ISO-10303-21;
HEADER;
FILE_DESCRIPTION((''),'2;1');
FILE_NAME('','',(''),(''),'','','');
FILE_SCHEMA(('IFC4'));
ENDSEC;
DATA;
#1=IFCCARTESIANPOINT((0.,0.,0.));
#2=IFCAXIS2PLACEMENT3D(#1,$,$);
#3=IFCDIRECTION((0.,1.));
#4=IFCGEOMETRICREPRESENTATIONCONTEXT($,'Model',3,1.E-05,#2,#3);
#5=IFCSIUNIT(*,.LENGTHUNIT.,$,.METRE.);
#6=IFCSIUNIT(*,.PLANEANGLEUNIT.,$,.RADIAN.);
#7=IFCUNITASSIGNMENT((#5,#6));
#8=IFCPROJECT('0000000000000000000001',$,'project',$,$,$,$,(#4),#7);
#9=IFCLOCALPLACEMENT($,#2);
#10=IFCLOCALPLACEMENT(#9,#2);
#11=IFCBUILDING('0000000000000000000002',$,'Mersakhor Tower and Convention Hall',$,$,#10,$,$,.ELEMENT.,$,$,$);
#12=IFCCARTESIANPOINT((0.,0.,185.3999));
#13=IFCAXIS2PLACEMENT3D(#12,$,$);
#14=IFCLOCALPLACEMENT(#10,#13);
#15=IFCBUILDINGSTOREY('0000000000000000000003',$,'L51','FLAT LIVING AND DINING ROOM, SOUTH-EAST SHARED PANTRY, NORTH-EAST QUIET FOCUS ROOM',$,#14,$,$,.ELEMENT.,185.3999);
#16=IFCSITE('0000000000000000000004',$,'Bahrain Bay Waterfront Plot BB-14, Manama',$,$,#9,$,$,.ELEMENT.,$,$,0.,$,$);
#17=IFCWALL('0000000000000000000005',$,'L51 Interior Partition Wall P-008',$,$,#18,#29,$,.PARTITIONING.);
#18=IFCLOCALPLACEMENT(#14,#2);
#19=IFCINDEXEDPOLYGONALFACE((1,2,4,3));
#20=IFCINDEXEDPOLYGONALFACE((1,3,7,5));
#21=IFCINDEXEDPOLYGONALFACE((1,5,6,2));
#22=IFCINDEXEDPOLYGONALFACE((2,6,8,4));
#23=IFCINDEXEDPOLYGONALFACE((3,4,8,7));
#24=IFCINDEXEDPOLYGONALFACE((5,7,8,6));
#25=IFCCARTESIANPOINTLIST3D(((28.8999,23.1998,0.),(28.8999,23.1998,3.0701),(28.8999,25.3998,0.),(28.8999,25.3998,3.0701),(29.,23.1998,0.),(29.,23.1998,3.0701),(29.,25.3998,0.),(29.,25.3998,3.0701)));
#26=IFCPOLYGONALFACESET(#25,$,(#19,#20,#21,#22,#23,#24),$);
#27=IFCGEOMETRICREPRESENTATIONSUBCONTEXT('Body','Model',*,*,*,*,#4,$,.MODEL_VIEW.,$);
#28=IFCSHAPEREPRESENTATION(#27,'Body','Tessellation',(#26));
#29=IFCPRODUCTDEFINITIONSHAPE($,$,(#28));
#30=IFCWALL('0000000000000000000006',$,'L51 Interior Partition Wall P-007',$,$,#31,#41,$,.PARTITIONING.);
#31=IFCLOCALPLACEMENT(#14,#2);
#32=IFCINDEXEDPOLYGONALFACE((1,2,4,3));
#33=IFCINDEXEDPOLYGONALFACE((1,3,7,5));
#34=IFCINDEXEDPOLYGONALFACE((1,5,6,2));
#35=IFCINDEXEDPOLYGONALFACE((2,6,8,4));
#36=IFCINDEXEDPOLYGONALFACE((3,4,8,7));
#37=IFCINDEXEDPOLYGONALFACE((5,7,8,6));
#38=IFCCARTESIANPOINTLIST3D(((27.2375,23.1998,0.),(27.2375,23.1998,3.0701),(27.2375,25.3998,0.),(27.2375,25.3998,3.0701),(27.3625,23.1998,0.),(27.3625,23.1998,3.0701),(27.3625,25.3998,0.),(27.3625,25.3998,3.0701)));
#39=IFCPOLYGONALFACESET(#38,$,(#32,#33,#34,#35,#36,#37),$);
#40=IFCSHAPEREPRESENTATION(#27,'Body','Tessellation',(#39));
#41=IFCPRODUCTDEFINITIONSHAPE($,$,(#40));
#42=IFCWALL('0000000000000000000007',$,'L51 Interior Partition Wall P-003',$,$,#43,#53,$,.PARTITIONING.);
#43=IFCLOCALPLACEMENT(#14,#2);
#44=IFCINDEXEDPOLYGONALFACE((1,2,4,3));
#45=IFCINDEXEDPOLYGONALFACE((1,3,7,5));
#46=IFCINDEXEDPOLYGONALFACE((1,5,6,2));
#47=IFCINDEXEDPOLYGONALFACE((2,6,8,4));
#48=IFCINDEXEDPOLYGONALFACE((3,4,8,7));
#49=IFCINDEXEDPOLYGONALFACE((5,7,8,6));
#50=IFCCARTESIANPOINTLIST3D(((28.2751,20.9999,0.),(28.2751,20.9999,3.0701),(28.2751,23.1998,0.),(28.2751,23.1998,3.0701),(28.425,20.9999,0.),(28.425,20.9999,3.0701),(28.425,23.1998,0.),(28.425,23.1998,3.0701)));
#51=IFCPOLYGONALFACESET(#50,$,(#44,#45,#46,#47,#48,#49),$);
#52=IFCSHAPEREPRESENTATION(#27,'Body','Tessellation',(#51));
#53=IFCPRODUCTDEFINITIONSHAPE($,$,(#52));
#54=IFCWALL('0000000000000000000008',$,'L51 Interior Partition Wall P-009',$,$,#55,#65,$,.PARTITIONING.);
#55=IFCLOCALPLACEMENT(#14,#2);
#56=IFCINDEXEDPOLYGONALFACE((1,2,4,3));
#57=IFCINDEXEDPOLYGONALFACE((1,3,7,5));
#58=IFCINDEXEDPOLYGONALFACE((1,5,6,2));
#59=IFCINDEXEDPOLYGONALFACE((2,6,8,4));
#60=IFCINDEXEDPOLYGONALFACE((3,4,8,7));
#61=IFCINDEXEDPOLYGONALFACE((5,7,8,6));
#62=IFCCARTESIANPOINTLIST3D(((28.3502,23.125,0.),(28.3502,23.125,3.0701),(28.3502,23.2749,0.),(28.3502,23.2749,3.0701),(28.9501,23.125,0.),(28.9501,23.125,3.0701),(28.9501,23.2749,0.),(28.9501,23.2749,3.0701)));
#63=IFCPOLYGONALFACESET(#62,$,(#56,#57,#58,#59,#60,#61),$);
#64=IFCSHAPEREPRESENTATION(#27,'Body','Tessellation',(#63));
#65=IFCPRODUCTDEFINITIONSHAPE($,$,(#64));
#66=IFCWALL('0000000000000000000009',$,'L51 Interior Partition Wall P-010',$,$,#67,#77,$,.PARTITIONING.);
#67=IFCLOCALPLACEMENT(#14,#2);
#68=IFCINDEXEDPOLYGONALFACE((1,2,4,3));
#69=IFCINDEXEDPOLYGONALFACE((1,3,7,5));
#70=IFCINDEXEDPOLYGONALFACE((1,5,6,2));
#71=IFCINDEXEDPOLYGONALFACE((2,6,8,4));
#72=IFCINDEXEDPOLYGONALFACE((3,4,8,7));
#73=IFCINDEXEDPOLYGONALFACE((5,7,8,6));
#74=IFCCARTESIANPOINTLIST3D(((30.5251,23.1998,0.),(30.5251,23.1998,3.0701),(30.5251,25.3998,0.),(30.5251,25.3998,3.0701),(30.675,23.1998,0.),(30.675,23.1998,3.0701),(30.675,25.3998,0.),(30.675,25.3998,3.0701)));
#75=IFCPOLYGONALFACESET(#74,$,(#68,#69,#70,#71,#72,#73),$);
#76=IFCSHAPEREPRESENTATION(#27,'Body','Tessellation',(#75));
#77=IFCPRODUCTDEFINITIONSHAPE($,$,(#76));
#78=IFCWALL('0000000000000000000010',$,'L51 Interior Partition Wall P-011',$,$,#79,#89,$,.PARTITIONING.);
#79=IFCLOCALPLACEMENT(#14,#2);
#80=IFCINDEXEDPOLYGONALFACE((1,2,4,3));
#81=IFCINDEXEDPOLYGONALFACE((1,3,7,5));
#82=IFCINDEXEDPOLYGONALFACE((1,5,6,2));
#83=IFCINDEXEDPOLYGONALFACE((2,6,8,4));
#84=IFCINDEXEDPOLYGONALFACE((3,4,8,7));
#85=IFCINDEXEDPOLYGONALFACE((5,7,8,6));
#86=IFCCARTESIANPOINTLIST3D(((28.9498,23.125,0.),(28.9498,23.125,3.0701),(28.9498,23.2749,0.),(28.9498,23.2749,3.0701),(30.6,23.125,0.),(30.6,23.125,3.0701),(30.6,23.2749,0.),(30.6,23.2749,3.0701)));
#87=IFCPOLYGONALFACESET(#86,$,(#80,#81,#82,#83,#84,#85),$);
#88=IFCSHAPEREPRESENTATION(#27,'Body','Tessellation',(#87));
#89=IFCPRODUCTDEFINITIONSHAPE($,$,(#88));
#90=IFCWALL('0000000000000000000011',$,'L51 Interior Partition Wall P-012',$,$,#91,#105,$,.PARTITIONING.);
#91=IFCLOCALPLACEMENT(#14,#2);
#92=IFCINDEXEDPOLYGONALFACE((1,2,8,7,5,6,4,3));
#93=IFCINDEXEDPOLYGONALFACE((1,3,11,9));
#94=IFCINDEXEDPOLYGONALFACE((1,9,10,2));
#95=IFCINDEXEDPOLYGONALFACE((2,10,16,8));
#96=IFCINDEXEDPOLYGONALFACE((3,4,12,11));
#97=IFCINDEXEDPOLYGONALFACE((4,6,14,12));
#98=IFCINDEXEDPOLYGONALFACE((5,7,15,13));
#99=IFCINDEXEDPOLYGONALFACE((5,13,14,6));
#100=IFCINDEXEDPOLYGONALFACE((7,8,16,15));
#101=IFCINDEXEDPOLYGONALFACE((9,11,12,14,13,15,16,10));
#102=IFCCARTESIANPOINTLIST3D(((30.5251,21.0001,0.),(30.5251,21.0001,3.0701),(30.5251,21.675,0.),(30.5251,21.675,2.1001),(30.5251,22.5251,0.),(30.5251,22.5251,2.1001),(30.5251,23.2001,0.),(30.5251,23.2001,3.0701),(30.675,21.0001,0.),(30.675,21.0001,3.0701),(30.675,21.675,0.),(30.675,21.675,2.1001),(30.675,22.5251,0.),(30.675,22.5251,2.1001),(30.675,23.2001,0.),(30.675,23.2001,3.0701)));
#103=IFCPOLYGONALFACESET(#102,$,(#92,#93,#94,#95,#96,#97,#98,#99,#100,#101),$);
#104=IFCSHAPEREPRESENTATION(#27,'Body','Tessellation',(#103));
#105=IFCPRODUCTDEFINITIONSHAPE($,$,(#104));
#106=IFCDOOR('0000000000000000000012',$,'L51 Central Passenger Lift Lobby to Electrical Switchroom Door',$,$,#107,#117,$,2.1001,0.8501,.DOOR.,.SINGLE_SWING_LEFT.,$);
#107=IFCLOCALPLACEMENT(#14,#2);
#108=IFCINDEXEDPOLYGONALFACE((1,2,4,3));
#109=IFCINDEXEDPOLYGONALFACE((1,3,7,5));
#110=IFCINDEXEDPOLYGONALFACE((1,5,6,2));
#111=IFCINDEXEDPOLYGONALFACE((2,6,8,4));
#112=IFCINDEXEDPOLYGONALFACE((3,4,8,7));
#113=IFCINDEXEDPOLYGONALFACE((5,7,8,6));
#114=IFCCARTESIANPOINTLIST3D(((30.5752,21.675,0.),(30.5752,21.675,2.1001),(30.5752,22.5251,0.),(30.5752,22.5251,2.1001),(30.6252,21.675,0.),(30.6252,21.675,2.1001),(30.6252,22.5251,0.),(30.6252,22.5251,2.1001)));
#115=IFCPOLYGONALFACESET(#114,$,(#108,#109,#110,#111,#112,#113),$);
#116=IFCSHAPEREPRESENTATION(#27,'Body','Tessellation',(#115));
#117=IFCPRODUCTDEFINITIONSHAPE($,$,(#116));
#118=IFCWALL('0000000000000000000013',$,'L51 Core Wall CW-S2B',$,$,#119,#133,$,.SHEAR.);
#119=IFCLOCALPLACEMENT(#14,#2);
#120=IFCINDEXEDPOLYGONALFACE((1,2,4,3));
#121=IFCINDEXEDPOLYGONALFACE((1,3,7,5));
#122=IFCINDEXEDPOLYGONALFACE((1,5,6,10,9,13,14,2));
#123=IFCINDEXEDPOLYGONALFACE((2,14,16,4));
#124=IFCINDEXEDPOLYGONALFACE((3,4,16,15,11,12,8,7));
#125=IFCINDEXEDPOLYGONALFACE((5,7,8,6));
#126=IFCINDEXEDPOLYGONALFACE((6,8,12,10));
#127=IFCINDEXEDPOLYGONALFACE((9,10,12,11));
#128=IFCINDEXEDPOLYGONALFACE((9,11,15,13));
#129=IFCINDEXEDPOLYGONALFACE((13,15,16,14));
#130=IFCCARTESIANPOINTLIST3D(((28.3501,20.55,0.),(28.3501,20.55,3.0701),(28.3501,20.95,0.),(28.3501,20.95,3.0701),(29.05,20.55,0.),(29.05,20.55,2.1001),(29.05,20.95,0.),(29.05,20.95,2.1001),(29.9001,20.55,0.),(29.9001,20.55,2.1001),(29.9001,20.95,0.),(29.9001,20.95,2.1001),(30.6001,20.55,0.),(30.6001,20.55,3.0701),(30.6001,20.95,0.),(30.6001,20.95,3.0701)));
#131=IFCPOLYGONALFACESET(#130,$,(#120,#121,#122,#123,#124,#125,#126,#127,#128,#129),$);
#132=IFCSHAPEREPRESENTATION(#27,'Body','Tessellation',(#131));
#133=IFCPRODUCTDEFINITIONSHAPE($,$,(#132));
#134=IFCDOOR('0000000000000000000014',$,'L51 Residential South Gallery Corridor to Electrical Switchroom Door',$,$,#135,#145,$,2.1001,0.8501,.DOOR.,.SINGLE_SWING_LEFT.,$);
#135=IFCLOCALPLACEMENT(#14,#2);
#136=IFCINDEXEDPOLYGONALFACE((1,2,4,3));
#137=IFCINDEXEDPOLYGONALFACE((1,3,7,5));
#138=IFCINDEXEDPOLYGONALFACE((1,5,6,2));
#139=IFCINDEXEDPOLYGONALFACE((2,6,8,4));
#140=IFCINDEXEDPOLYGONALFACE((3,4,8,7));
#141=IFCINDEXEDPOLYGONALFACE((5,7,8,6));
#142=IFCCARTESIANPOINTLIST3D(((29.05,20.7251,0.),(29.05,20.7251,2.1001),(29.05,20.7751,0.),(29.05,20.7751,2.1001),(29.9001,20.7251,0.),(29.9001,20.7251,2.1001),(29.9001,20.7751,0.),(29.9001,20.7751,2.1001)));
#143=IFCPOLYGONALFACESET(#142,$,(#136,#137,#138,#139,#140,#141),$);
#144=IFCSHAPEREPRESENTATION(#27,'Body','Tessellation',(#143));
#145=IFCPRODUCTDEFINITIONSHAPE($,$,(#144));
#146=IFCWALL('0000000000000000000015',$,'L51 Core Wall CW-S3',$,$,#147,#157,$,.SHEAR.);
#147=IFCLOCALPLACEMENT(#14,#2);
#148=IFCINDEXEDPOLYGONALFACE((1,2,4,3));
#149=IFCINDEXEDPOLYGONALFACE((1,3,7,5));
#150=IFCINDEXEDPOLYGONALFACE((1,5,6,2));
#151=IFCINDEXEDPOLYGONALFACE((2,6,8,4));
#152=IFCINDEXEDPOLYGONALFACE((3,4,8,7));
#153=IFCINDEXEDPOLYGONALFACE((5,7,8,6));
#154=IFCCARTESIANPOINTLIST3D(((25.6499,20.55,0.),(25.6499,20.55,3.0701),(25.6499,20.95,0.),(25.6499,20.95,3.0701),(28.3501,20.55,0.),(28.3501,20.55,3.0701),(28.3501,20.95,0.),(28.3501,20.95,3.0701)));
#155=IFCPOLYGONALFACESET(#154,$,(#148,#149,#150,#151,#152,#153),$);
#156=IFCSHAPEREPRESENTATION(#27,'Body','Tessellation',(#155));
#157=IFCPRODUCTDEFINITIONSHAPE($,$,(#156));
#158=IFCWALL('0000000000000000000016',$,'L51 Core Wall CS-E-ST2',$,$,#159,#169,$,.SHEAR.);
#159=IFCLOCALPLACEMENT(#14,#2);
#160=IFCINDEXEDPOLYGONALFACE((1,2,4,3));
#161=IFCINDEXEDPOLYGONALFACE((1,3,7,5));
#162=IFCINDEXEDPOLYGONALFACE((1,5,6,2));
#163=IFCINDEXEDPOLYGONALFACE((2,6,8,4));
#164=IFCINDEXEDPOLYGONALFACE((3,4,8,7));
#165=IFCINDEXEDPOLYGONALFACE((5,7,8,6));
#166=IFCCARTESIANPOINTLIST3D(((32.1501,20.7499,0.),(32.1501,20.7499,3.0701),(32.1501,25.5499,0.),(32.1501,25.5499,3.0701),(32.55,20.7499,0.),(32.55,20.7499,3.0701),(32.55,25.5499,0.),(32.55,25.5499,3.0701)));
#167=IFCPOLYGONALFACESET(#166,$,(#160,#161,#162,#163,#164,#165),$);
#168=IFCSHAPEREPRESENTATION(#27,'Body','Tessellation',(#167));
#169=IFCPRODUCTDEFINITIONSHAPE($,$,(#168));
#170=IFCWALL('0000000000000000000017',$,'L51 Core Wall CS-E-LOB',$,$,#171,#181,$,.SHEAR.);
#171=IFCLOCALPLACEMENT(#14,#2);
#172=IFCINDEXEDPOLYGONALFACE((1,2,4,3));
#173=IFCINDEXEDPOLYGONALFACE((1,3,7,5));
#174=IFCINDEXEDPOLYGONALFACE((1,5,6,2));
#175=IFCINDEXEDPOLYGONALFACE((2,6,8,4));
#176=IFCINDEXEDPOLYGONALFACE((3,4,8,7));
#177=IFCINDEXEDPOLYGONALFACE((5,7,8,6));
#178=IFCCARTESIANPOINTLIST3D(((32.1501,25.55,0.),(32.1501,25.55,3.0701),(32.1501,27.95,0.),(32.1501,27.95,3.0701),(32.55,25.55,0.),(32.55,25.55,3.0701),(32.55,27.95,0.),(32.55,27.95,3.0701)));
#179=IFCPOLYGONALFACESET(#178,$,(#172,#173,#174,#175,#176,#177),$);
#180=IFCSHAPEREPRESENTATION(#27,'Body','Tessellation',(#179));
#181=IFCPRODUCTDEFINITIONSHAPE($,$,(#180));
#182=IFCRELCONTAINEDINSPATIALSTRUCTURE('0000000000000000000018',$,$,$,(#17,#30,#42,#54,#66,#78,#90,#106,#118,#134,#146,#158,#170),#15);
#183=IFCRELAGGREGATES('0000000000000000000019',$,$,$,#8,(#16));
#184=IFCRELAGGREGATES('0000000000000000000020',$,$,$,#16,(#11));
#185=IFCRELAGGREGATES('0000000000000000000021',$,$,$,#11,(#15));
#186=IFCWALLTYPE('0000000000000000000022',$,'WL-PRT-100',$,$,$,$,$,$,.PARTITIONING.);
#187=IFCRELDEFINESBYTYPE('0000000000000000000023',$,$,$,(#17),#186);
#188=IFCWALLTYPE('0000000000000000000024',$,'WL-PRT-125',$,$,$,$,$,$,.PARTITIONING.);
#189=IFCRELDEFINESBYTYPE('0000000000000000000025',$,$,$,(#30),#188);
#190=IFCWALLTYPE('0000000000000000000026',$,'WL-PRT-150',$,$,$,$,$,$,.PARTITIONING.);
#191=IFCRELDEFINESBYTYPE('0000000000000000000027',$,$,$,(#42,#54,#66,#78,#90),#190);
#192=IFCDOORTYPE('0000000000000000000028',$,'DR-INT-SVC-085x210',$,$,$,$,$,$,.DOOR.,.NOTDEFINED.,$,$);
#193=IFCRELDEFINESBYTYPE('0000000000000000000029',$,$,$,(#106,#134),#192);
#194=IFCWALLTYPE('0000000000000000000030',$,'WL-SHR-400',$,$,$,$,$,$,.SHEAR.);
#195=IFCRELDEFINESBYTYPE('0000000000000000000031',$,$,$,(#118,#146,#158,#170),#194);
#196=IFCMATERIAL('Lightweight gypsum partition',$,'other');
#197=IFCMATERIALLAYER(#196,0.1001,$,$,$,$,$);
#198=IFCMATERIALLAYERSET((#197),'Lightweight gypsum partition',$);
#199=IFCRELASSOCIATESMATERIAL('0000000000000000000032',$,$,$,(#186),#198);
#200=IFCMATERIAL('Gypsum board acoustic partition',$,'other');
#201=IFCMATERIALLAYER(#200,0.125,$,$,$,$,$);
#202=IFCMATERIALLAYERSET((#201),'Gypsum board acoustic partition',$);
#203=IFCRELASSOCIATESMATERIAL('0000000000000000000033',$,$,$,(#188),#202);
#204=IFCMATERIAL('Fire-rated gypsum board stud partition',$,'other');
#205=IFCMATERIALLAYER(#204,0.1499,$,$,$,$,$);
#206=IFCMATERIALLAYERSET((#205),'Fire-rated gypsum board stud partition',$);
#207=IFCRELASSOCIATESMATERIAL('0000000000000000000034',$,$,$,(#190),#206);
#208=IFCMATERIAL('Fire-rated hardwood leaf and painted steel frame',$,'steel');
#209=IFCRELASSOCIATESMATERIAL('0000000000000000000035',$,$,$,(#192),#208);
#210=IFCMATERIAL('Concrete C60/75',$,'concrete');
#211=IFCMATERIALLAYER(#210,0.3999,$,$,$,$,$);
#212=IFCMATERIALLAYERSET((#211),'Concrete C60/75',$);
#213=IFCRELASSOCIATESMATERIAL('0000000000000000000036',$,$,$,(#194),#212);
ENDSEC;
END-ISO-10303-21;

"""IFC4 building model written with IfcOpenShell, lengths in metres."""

from ifc_helpers import new_model, si_unit, direction, frame, frame_2d, origin, place, context, subcontext, project, spatial, rectangle, extrude, material, layer, layer_set, type_object, element, fill, save


model = new_model("IFC4")

# Units and contexts
model_context = context("Model", 3, precision=1e-05, world=origin(), true_north=direction((0.0, 1.0)))
body_context = subcontext(model_context, "Body", "Model", "MODEL_VIEW")
ifc_project = project(units=[si_unit("LENGTHUNIT", "METRE"), si_unit("PLANEANGLEUNIT", "RADIAN")], contexts=[model_context])

# Site, building, storey
site_placement = place(None, origin())
site = spatial("IfcSite", under=ifc_project, at=site_placement, Name="Bahrain Bay Waterfront Plot BB-14, Manama", CompositionType="ELEMENT", RefElevation=0.0)
building_placement = place(site_placement, origin())
building = spatial("IfcBuilding", under=site, at=building_placement, Name="Mersakhor Tower and Convention Hall", CompositionType="ELEMENT")
storey_placement = place(building_placement, frame((0.0, 0.0, 185.3999)))
storey = spatial("IfcBuildingStorey", under=building, at=storey_placement, Name="L51", Description="FLAT LIVING AND DINING ROOM, SOUTH-EAST SHARED PANTRY, NORTH-EAST QUIET FOCUS ROOM", CompositionType="ELEMENT", Elevation=185.3999)

# Walls
ifc_material_1 = material(Name="Lightweight gypsum partition", Category="other")
ifc_layer_1 = layer(ifc_material_1, 0.1001)
ifc_layer_set_1 = layer_set([ifc_layer_1], Name="Lightweight gypsum partition")
wall_type_1 = type_object("IfcWallType", Name="WL-PRT-100", PredefinedType="PARTITIONING", material=ifc_layer_set_1)
wall_1_placement = place(storey_placement, frame((28.95, 25.3999, 0.0), z_axis=(0.0, 0.0, 1.0), x_axis=(0.0, -1.0, 0.0)))
element("IfcWall", 1, at=wall_1_placement, inside=storey, type_object=wall_type_1, Name="L51 Interior Partition Wall P-008", PredefinedType="PARTITIONING", context=body_context, shape_type="SweptSolid", body=[
    extrude(rectangle(XDim=2.2, YDim=0.1001, at=frame_2d((1.1001, 0.0))), origin(), (0.0, 0.0, 1.0), 3.0701),
])
ifc_material_2 = material(Name="Gypsum board acoustic partition", Category="other")
ifc_layer_2 = layer(ifc_material_2, 0.125)
ifc_layer_set_2 = layer_set([ifc_layer_2], Name="Gypsum board acoustic partition")
wall_type_2 = type_object("IfcWallType", Name="WL-PRT-125", PredefinedType="PARTITIONING", material=ifc_layer_set_2)
wall_2_placement = place(storey_placement, frame((27.3, 25.3999, 0.0), z_axis=(0.0, 0.0, 1.0), x_axis=(0.0, -1.0, 0.0)))
element("IfcWall", 2, at=wall_2_placement, inside=storey, type_object=wall_type_2, Name="L51 Interior Partition Wall P-007", PredefinedType="PARTITIONING", context=body_context, shape_type="SweptSolid", body=[
    extrude(rectangle(XDim=2.2, YDim=0.125, at=frame_2d((1.1001, 0.0))), origin(), (0.0, 0.0, 1.0), 3.0701),
])
ifc_material_3 = material(Name="Fire-rated gypsum board stud partition", Category="other")
ifc_layer_3 = layer(ifc_material_3, 0.1499)
ifc_layer_set_3 = layer_set([ifc_layer_3], Name="Fire-rated gypsum board stud partition")
wall_type_3 = type_object("IfcWallType", Name="WL-PRT-150", PredefinedType="PARTITIONING", material=ifc_layer_set_3)
wall_3_placement = place(storey_placement, frame((28.3501, 23.2, 0.0), z_axis=(0.0, 0.0, 1.0), x_axis=(0.0, -1.0, 0.0)))
element("IfcWall", 3, at=wall_3_placement, inside=storey, type_object=wall_type_3, Name="L51 Interior Partition Wall P-003", PredefinedType="PARTITIONING", context=body_context, shape_type="SweptSolid", body=[
    extrude(rectangle(XDim=2.2, YDim=0.1499, at=frame_2d((1.1001, 0.0))), origin(), (0.0, 0.0, 1.0), 3.0701),
])
wall_4_placement = place(storey_placement, frame((28.95, 23.2, 0.0), z_axis=(0.0, 0.0, 1.0), x_axis=(-1.0, 0.0, 0.0)))
element("IfcWall", 4, at=wall_4_placement, inside=storey, type_object=wall_type_3, Name="L51 Interior Partition Wall P-009", PredefinedType="PARTITIONING", context=body_context, shape_type="SweptSolid", body=[
    extrude(rectangle(XDim=0.5999, YDim=0.1499, at=frame_2d((0.2998, 0.0))), origin(), (0.0, 0.0, 1.0), 3.0701),
])
wall_5_placement = place(storey_placement, frame((30.6001, 25.3999, 0.0), z_axis=(0.0, 0.0, 1.0), x_axis=(0.0, -1.0, 0.0)))
element("IfcWall", 5, at=wall_5_placement, inside=storey, type_object=wall_type_3, Name="L51 Interior Partition Wall P-010", PredefinedType="PARTITIONING", context=body_context, shape_type="SweptSolid", body=[
    extrude(rectangle(XDim=2.2, YDim=0.1499, at=frame_2d((1.1001, 0.0))), origin(), (0.0, 0.0, 1.0), 3.0701),
])
wall_6_placement = place(storey_placement, frame((30.6001, 23.2, 0.0), z_axis=(0.0, 0.0, 1.0), x_axis=(-1.0, 0.0, 0.0)))
element("IfcWall", 6, at=wall_6_placement, inside=storey, type_object=wall_type_3, Name="L51 Interior Partition Wall P-011", PredefinedType="PARTITIONING", context=body_context, shape_type="SweptSolid", body=[
    extrude(rectangle(XDim=1.6501, YDim=0.1499, at=frame_2d((0.8252, 0.0))), origin(), (0.0, 0.0, 1.0), 3.0701),
])

# Walls, openings, doors
wall_7_placement = place(storey_placement, frame((30.6001, 21.0, 0.0), z_axis=(0.0, 0.0, 1.0), x_axis=(0.0, 1.0, 0.0)))
wall_7 = element("IfcWall", 7, at=wall_7_placement, inside=storey, type_object=wall_type_3, Name="L51 Interior Partition Wall P-012", PredefinedType="PARTITIONING", context=body_context, shape_type="SweptSolid", body=[
    extrude(rectangle(XDim=2.2, YDim=0.1499, at=frame_2d((1.1001, 0.0))), origin(), (0.0, 0.0, 1.0), 3.0701),
])
opening_1_placement = place(wall_7_placement, frame((0.675, 0.0, 0.0)))
opening_1 = element("IfcOpeningElement", 8, at=opening_1_placement, cuts=wall_7, PredefinedType="OPENING", context=body_context, shape_type="SweptSolid", body=[
    extrude(rectangle(XDim=0.8501, YDim=2.1001, at=frame_2d((0.425, 1.05))), frame((0.0, 0.085, 0.0), z_axis=(0.0, -1.0, 0.0), x_axis=(1.0, 0.0, 0.0)), (0.0, 0.0, 1.0), 0.1699),
])
ifc_material_4 = material(Name="Fire-rated hardwood leaf and painted steel frame", Category="steel")
door_type_1 = type_object("IfcDoorType", Name="DR-INT-SVC-085x210", OperationType="NOTDEFINED", PredefinedType="DOOR", material=ifc_material_4)
door_1_placement = place(opening_1_placement, origin())
door_1 = element("IfcDoor", 9, at=door_1_placement, inside=storey, type_object=door_type_1, Name="L51 Central Passenger Lift Lobby to Electrical Switchroom Door", OperationType="SINGLE_SWING_LEFT", OverallHeight=2.1001, OverallWidth=0.8501, PredefinedType="DOOR", context=body_context, shape_type="SweptSolid", body=[
    extrude(rectangle(XDim=0.8501, YDim=2.1001, at=frame_2d((0.425, 1.05))), frame((0.0, 0.0249, 0.0), z_axis=(0.0, -1.0, 0.0), x_axis=(1.0, 0.0, 0.0)), (0.0, 0.0, 1.0), 0.05),
])
fill(opening_1, door_1)
ifc_material_5 = material(Name="Concrete C60/75", Category="concrete")
ifc_layer_4 = layer(ifc_material_5, 0.3999)
ifc_layer_set_4 = layer_set([ifc_layer_4], Name="Concrete C60/75")
wall_type_4 = type_object("IfcWallType", Name="WL-SHR-400", PredefinedType="SHEAR", material=ifc_layer_set_4)
wall_8_placement = place(storey_placement, frame((30.6001, 20.75, 0.0), z_axis=(0.0, 0.0, 1.0), x_axis=(-1.0, 0.0, 0.0)))
wall_8 = element("IfcWall", 10, at=wall_8_placement, inside=storey, type_object=wall_type_4, Name="L51 Core Wall CW-S2B", PredefinedType="SHEAR", context=body_context, shape_type="SweptSolid", body=[
    extrude(rectangle(XDim=2.25, YDim=0.3999, at=frame_2d((1.125, 0.0))), origin(), (0.0, 0.0, 1.0), 3.0701),
])
opening_2_placement = place(wall_8_placement, frame((0.7, 0.0, 0.0)))
opening_2 = element("IfcOpeningElement", 11, at=opening_2_placement, cuts=wall_8, PredefinedType="OPENING", context=body_context, shape_type="SweptSolid", body=[
    extrude(rectangle(XDim=0.8501, YDim=2.1001, at=frame_2d((0.425, 1.05))), frame((0.0, 0.21, 0.0), z_axis=(0.0, -1.0, 0.0), x_axis=(1.0, 0.0, 0.0)), (0.0, 0.0, 1.0), 0.4199),
])
door_2_placement = place(opening_2_placement, origin())
door_2 = element("IfcDoor", 12, at=door_2_placement, inside=storey, type_object=door_type_1, Name="L51 Residential South Gallery Corridor to Electrical Switchroom Door", OperationType="SINGLE_SWING_LEFT", OverallHeight=2.1001, OverallWidth=0.8501, PredefinedType="DOOR", context=body_context, shape_type="SweptSolid", body=[
    extrude(rectangle(XDim=0.8501, YDim=2.1001, at=frame_2d((0.425, 1.05))), frame((0.0, 0.0249, 0.0), z_axis=(0.0, -1.0, 0.0), x_axis=(1.0, 0.0, 0.0)), (0.0, 0.0, 1.0), 0.05),
])
fill(opening_2, door_2)

# Walls
wall_9_placement = place(storey_placement, frame((28.3501, 20.75, 0.0), z_axis=(0.0, 0.0, 1.0), x_axis=(-1.0, 0.0, 0.0)))
element("IfcWall", 13, at=wall_9_placement, inside=storey, type_object=wall_type_4, Name="L51 Core Wall CW-S3", PredefinedType="SHEAR", context=body_context, shape_type="SweptSolid", body=[
    extrude(rectangle(XDim=2.7002, YDim=0.3999, at=frame_2d((1.3501, 0.0))), origin(), (0.0, 0.0, 1.0), 3.0701),
])
wall_10_placement = place(storey_placement, frame((32.3501, 20.75, 0.0), z_axis=(0.0, 0.0, 1.0), x_axis=(0.0, 1.0, 0.0)))
element("IfcWall", 14, at=wall_10_placement, inside=storey, type_object=wall_type_4, Name="L51 Core Wall CS-E-ST2", PredefinedType="SHEAR", context=body_context, shape_type="SweptSolid", body=[
    extrude(rectangle(XDim=4.8, YDim=0.3999, at=frame_2d((2.3999, 0.0))), origin(), (0.0, 0.0, 1.0), 3.0701),
])
wall_11_placement = place(storey_placement, frame((32.3501, 25.55, 0.0), z_axis=(0.0, 0.0, 1.0), x_axis=(0.0, 1.0, 0.0)))
element("IfcWall", 15, at=wall_11_placement, inside=storey, type_object=wall_type_4, Name="L51 Core Wall CS-E-LOB", PredefinedType="SHEAR", context=body_context, shape_type="SweptSolid", body=[
    extrude(rectangle(XDim=2.3999, YDim=0.3999, at=frame_2d((1.2, 0.0))), origin(), (0.0, 0.0, 1.0), 3.0701),
])

save(model, "model.ifc")
